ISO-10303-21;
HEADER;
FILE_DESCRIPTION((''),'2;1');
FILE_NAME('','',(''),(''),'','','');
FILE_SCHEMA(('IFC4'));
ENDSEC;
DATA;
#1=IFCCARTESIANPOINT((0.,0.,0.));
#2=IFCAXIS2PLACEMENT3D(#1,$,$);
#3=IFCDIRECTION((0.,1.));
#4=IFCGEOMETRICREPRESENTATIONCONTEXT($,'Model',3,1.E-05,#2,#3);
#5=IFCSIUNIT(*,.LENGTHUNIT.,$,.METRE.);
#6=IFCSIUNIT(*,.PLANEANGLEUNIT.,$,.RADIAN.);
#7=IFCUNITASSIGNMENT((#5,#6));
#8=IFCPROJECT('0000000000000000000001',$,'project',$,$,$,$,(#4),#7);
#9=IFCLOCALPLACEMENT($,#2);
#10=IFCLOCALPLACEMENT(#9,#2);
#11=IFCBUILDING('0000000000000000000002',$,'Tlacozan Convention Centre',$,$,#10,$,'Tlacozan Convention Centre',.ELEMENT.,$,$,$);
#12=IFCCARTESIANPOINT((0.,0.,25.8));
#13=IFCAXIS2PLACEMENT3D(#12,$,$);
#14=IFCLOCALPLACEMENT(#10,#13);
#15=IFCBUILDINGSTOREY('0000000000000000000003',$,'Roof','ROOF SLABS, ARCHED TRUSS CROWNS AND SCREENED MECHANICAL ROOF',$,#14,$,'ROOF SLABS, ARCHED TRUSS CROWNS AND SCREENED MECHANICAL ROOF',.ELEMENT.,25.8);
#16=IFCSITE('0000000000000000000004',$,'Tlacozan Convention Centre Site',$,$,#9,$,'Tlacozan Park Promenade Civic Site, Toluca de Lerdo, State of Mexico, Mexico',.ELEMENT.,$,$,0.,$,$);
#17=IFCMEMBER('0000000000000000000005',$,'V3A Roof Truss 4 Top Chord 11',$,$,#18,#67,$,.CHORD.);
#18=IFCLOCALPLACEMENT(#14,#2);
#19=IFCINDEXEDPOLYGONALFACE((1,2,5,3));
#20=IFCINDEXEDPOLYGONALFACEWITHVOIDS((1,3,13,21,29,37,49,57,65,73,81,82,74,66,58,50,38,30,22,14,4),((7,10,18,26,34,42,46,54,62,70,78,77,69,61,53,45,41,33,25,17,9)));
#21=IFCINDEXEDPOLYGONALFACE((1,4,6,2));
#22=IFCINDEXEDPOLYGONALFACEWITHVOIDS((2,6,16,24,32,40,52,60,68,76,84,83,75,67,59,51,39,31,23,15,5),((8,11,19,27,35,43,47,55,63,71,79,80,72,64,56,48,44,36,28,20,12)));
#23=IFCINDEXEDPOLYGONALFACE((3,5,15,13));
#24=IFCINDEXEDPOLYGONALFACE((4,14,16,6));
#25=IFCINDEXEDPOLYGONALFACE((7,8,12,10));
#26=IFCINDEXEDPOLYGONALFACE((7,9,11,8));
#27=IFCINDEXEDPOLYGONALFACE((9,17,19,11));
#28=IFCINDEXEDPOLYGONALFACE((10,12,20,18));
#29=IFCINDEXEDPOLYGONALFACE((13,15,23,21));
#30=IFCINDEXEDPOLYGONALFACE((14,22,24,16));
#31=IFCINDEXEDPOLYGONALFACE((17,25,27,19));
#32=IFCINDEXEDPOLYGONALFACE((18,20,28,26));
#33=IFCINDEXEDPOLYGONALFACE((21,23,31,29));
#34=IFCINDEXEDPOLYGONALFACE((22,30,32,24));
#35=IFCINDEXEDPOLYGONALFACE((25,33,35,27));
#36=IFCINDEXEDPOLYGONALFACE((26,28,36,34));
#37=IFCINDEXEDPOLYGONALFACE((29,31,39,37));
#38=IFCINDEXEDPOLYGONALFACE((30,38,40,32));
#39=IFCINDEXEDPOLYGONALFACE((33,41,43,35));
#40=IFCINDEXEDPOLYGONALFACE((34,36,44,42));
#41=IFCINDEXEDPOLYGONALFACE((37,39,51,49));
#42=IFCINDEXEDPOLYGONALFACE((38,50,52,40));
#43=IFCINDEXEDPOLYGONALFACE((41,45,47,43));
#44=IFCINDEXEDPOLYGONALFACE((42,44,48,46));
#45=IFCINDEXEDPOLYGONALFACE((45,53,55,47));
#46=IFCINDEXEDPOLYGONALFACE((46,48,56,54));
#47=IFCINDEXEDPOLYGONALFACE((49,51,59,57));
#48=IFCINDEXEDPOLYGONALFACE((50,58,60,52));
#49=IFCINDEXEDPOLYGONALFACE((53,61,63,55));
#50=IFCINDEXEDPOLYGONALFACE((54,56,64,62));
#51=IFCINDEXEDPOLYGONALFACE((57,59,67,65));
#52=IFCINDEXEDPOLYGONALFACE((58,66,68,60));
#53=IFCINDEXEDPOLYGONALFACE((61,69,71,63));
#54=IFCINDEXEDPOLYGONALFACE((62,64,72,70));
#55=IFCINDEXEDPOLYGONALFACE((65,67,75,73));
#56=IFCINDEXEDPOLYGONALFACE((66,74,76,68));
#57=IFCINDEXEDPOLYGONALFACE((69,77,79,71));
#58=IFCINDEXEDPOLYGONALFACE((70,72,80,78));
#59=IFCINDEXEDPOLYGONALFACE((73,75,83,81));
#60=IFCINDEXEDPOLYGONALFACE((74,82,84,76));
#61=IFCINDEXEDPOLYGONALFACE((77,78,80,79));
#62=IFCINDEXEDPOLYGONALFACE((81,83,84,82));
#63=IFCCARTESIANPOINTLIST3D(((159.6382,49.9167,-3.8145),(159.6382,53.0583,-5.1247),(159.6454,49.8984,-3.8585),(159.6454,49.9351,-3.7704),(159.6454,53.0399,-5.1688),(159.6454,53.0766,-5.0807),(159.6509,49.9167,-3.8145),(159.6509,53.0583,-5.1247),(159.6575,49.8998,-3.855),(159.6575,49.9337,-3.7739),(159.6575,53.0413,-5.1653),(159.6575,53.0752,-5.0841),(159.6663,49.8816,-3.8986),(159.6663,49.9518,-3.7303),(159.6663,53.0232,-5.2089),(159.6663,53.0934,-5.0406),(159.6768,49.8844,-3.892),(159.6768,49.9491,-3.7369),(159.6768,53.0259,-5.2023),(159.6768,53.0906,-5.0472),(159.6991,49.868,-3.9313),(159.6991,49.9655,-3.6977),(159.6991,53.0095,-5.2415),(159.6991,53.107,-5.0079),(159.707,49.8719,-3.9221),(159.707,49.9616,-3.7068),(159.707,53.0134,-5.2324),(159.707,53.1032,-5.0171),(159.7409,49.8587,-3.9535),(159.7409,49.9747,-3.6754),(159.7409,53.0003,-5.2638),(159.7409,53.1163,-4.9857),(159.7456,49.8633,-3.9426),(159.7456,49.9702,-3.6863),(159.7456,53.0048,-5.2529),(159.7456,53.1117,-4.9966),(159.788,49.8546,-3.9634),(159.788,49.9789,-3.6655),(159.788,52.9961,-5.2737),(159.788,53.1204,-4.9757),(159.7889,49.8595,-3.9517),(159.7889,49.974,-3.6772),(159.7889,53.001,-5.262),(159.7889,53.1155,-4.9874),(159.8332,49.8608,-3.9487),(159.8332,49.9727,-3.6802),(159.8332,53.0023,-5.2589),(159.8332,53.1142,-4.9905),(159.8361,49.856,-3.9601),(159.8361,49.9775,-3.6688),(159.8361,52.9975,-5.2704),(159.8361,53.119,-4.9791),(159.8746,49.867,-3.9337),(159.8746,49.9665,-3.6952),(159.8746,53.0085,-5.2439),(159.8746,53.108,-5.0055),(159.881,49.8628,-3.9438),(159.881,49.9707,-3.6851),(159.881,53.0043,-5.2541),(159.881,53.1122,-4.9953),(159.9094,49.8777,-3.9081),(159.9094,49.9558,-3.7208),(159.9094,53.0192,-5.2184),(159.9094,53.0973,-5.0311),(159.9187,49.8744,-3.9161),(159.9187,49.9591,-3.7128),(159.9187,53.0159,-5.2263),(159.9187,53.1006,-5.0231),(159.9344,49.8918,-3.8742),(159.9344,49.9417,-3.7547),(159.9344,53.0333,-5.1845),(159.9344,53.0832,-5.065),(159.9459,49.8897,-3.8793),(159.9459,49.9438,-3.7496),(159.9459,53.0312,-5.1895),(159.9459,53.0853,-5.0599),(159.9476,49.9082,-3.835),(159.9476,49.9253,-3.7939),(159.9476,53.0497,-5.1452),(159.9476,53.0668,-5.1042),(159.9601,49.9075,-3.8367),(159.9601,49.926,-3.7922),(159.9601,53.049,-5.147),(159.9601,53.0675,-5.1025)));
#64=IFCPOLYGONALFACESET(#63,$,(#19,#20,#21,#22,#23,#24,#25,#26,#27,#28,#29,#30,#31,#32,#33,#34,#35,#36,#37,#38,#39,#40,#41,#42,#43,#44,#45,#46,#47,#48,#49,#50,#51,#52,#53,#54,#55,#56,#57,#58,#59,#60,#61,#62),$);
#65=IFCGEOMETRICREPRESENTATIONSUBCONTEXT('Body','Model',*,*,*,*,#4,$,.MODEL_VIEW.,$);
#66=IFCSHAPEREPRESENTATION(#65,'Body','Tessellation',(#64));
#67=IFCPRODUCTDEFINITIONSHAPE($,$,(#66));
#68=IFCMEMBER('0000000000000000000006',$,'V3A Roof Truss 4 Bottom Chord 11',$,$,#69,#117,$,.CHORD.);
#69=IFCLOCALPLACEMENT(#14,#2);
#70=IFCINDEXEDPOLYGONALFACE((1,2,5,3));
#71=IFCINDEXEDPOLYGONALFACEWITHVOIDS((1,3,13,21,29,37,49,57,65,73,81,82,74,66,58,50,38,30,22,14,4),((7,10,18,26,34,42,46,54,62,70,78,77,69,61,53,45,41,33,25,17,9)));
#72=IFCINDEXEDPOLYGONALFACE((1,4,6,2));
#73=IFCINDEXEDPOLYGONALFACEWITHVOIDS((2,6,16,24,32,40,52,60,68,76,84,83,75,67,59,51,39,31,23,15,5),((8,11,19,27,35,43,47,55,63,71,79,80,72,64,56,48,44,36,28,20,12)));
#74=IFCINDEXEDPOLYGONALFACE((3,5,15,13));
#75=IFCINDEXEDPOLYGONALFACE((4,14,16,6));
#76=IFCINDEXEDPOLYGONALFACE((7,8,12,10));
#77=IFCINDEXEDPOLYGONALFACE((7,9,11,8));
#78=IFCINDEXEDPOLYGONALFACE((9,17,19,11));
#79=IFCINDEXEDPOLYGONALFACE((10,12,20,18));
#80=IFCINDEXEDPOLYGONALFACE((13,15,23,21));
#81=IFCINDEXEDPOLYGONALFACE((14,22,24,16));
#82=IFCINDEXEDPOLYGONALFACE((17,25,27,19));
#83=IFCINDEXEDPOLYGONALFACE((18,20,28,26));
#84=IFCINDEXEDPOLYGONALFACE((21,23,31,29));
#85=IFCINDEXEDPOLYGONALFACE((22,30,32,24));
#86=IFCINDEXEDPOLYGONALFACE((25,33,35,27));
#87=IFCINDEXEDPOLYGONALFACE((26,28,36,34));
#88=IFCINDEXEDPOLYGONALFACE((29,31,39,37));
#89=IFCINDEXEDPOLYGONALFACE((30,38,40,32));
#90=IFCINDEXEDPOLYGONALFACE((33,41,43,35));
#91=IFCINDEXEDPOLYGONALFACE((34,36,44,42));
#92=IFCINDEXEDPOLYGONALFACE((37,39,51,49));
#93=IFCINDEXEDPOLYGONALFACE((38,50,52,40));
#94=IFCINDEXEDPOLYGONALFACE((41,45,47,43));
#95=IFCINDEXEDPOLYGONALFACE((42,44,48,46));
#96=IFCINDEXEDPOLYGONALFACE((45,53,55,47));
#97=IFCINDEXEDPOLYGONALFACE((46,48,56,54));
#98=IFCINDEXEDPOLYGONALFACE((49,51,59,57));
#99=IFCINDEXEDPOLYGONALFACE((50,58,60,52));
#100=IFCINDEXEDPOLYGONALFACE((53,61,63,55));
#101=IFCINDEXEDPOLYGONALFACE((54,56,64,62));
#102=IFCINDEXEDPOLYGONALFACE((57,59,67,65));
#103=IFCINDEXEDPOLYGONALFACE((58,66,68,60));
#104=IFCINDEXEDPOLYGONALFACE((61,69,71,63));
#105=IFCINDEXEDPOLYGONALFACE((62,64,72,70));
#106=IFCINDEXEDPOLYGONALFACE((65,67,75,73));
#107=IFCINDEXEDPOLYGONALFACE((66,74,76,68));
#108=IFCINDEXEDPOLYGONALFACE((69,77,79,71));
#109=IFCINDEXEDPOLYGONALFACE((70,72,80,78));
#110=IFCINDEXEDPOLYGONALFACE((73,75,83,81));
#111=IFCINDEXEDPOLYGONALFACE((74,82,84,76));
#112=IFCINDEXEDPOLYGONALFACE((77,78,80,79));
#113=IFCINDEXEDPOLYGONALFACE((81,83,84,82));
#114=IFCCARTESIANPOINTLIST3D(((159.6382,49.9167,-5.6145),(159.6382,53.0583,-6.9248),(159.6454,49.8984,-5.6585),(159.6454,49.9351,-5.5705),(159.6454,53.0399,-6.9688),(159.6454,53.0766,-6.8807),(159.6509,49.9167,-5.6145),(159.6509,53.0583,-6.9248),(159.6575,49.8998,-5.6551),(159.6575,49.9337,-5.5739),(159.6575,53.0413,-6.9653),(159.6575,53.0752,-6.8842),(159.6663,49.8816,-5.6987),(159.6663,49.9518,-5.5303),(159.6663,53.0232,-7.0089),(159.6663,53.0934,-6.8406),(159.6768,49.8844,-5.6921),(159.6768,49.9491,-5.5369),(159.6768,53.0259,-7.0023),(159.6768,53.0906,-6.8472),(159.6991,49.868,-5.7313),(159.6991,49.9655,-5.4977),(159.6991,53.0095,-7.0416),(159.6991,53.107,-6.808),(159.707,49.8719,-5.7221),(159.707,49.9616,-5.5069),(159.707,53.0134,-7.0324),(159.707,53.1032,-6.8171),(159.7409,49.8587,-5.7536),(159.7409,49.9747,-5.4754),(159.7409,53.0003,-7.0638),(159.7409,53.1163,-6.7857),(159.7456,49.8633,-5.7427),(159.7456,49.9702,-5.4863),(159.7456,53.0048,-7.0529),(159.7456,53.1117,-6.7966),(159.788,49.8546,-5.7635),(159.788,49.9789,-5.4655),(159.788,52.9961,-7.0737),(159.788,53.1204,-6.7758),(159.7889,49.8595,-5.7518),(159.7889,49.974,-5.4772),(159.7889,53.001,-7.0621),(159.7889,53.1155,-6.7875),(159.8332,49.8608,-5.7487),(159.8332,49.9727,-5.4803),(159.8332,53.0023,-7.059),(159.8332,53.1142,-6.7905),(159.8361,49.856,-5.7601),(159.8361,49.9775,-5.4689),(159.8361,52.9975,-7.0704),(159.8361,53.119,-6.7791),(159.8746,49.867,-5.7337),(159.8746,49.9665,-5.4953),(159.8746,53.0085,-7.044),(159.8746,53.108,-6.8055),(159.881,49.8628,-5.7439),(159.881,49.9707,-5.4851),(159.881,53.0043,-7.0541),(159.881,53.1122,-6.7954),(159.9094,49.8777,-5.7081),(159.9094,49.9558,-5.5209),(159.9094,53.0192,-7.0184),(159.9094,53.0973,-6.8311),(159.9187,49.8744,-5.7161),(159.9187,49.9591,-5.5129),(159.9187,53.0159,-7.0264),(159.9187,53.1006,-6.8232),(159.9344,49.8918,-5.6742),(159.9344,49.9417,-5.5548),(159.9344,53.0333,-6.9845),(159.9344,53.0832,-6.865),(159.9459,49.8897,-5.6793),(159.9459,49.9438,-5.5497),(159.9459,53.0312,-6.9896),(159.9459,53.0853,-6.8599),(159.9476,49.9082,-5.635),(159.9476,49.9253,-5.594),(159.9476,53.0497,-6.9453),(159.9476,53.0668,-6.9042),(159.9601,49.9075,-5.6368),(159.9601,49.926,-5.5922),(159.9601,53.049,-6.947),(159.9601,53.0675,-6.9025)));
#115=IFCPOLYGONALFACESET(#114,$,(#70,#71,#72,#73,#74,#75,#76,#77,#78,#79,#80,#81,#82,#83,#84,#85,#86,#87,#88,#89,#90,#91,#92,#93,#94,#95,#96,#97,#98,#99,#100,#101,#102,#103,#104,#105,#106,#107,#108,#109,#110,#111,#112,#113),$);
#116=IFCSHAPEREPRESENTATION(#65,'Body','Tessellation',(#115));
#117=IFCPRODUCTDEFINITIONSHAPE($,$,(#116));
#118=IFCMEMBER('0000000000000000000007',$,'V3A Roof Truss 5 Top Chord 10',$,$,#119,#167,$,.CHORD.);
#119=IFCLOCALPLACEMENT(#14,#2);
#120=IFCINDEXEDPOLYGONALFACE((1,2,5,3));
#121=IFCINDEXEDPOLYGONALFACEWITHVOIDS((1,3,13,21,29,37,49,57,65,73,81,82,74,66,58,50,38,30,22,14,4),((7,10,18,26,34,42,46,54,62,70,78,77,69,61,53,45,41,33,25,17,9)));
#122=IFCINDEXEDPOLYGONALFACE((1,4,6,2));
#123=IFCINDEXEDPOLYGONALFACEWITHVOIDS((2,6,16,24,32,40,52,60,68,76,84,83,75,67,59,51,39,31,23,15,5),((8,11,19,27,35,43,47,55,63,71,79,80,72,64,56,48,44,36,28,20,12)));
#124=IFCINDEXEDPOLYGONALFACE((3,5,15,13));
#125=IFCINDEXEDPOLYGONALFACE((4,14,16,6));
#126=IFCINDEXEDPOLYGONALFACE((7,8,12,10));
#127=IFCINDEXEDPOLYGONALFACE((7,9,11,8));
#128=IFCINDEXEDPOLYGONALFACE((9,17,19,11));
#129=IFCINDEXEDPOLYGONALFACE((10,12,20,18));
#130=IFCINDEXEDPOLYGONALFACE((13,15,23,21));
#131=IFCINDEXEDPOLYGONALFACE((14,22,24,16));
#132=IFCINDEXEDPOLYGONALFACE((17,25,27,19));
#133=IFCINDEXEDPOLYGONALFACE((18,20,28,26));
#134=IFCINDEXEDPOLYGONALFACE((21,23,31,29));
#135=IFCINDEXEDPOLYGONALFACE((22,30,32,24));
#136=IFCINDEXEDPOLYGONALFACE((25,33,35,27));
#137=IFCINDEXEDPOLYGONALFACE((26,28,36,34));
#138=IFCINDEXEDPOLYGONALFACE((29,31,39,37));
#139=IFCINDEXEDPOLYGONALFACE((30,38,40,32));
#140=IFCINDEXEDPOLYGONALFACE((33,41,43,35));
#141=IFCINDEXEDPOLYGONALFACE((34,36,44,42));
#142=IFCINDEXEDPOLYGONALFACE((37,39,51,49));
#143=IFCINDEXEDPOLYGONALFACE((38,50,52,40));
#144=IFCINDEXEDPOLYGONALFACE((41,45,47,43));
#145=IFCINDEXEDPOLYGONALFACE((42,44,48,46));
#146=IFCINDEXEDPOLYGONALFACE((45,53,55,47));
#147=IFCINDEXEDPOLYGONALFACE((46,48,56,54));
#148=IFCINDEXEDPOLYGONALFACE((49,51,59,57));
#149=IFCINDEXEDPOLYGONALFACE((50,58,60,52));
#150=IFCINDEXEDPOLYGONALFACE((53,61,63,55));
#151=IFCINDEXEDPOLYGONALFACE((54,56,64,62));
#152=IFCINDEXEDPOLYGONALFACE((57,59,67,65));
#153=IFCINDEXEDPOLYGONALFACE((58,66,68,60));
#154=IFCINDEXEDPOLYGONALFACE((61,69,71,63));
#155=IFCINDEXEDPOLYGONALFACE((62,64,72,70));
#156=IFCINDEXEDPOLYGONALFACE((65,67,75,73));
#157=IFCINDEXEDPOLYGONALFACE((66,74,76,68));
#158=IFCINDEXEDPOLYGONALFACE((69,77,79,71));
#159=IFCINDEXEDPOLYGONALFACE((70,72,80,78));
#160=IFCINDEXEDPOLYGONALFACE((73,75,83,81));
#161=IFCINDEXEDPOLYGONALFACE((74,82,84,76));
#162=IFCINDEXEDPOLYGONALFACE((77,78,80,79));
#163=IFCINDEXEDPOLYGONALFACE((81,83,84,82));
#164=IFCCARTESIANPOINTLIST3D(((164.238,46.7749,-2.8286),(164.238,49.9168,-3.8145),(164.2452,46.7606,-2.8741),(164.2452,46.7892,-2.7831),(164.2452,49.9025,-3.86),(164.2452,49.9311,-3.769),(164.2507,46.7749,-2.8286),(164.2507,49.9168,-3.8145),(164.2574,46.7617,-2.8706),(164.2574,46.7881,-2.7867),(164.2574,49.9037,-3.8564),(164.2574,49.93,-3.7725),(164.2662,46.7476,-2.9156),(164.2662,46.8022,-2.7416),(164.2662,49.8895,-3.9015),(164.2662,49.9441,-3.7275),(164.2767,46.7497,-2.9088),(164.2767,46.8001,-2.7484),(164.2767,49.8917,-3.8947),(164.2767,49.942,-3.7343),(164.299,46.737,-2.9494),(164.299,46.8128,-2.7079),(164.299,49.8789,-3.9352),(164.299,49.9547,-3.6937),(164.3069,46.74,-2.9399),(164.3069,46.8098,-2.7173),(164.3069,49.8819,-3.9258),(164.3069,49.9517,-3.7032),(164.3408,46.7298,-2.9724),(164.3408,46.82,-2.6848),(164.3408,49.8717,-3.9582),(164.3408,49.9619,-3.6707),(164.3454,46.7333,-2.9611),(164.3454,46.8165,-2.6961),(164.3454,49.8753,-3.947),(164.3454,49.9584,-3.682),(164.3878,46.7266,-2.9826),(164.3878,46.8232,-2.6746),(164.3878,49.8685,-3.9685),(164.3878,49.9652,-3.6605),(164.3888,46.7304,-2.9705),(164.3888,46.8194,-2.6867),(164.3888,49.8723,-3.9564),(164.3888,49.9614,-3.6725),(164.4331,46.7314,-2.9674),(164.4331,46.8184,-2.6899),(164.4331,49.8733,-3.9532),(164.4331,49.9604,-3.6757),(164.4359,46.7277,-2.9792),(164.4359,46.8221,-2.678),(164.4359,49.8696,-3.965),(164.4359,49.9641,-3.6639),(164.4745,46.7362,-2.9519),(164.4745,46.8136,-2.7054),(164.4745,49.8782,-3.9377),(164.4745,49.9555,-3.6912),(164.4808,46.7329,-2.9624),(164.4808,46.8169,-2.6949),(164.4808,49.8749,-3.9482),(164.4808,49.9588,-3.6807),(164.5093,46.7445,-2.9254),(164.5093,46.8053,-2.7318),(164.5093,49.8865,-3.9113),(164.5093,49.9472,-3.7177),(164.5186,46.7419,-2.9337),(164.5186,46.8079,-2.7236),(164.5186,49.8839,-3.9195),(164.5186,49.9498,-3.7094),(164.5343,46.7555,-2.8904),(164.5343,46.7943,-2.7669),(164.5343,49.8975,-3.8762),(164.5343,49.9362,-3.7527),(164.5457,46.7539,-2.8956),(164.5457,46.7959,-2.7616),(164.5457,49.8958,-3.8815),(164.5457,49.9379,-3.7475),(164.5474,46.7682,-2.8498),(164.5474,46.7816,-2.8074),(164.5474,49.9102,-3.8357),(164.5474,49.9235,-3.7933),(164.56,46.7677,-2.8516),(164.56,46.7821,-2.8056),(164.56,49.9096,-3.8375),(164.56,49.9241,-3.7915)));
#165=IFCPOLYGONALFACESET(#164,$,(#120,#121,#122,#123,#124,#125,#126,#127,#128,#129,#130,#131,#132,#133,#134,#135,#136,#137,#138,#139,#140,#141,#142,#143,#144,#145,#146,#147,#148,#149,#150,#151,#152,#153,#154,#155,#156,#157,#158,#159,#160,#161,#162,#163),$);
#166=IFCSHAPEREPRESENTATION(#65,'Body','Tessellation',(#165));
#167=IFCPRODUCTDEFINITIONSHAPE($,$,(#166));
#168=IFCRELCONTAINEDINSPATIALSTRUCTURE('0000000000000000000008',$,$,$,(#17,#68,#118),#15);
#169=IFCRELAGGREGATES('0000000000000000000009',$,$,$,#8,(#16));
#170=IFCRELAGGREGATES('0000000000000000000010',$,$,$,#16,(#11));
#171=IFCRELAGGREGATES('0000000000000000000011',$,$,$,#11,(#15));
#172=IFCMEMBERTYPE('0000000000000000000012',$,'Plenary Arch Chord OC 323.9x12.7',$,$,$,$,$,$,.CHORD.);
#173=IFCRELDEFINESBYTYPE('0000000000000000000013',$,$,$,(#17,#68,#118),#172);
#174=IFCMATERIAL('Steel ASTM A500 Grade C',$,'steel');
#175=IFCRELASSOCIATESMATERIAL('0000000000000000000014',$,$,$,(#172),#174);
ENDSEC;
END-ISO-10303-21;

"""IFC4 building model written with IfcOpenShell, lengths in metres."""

from ifc_helpers import new_model, si_unit, direction, frame, origin, origin_2d, place, context, subcontext, project, spatial, hollow_circle, extrude, material, material_profile, profile_set, type_object, element, save


model = new_model("IFC4")

# Units and contexts
model_context = context("Model", 3, precision=1e-05, world=origin(), true_north=direction((0.0, 1.0)))
body_context = subcontext(model_context, "Body", "Model", "MODEL_VIEW")
ifc_project = project(units=[si_unit("LENGTHUNIT", "METRE"), si_unit("PLANEANGLEUNIT", "RADIAN")], contexts=[model_context])

# Site, building, storey
site_placement = place(None, origin())
site = spatial("IfcSite", under=ifc_project, at=site_placement, Name="Tlacozan Convention Centre Site", LongName="Tlacozan Park Promenade Civic Site, Toluca de Lerdo, State of Mexico, Mexico", CompositionType="ELEMENT", RefElevation=0.0)
building_placement = place(site_placement, origin())
building = spatial("IfcBuilding", under=site, at=building_placement, Name="Tlacozan Convention Centre", LongName="Tlacozan Convention Centre", CompositionType="ELEMENT")
storey_placement = place(building_placement, frame((0.0, 0.0, 25.8)))
storey = spatial("IfcBuildingStorey", under=building, at=storey_placement, Name="Roof", Description="ROOF SLABS, ARCHED TRUSS CROWNS AND SCREENED MECHANICAL ROOF", LongName="ROOF SLABS, ARCHED TRUSS CROWNS AND SCREENED MECHANICAL ROOF", CompositionType="ELEMENT", Elevation=25.8)

# Members
ifc_material_1 = material(Name="Steel ASTM A500 Grade C", Category="steel")
ifc_material_profile_1 = material_profile(ifc_material_1, hollow_circle(Radius=0.1619, WallThickness=0.0127, at=origin_2d()), Name="OC 323.9x12.7")
ifc_profile_set_1 = profile_set([ifc_material_profile_1], Name="Steel ASTM A500 Grade C")
member_type_1 = type_object("IfcMemberType", Name="Plenary Arch Chord OC 323.9x12.7", PredefinedType="CHORD", material=ifc_profile_set_1)
for number, where, z_axis, x_axis, name in (
    (1, (159.8, 49.9167, -3.8145), (0.0, 0.922941, -0.384941), (-1.0, 0.0, 0.0), "V3A Roof Truss 4 Top Chord 11"),
    (2, (159.8, 49.9167, -5.6145), (0.0, 0.922941, -0.384941), (-1.0, 0.0, 0.0), "V3A Roof Truss 4 Bottom Chord 11"),
):
    element("IfcMember", number, at=place(storey_placement, frame(where, z_axis=z_axis, x_axis=x_axis)), inside=storey, type_object=member_type_1, Name=name, PredefinedType="CHORD", context=body_context, shape_type="SweptSolid", body=[
        extrude(hollow_circle(Radius=0.1619, WallThickness=0.0127, at=origin_2d()), origin(), (0.0, 0.0, 1.0), 3.4038),
    ])
for number, where, z_axis, x_axis, name in (
    (3, (164.3999, 46.7749, -2.8286), (0.0, 0.954132, -0.299385), (-1.0, 0.0, 0.0), "V3A Roof Truss 5 Top Chord 10"),
):
    element("IfcMember", number, at=place(storey_placement, frame(where, z_axis=z_axis, x_axis=x_axis)), inside=storey, type_object=member_type_1, Name=name, PredefinedType="CHORD", context=body_context, shape_type="SweptSolid", body=[
        extrude(hollow_circle(Radius=0.1619, WallThickness=0.0127, at=origin_2d()), origin(), (0.0, 0.0, 1.0), 3.293),
    ])

save(model, "model.ifc")
